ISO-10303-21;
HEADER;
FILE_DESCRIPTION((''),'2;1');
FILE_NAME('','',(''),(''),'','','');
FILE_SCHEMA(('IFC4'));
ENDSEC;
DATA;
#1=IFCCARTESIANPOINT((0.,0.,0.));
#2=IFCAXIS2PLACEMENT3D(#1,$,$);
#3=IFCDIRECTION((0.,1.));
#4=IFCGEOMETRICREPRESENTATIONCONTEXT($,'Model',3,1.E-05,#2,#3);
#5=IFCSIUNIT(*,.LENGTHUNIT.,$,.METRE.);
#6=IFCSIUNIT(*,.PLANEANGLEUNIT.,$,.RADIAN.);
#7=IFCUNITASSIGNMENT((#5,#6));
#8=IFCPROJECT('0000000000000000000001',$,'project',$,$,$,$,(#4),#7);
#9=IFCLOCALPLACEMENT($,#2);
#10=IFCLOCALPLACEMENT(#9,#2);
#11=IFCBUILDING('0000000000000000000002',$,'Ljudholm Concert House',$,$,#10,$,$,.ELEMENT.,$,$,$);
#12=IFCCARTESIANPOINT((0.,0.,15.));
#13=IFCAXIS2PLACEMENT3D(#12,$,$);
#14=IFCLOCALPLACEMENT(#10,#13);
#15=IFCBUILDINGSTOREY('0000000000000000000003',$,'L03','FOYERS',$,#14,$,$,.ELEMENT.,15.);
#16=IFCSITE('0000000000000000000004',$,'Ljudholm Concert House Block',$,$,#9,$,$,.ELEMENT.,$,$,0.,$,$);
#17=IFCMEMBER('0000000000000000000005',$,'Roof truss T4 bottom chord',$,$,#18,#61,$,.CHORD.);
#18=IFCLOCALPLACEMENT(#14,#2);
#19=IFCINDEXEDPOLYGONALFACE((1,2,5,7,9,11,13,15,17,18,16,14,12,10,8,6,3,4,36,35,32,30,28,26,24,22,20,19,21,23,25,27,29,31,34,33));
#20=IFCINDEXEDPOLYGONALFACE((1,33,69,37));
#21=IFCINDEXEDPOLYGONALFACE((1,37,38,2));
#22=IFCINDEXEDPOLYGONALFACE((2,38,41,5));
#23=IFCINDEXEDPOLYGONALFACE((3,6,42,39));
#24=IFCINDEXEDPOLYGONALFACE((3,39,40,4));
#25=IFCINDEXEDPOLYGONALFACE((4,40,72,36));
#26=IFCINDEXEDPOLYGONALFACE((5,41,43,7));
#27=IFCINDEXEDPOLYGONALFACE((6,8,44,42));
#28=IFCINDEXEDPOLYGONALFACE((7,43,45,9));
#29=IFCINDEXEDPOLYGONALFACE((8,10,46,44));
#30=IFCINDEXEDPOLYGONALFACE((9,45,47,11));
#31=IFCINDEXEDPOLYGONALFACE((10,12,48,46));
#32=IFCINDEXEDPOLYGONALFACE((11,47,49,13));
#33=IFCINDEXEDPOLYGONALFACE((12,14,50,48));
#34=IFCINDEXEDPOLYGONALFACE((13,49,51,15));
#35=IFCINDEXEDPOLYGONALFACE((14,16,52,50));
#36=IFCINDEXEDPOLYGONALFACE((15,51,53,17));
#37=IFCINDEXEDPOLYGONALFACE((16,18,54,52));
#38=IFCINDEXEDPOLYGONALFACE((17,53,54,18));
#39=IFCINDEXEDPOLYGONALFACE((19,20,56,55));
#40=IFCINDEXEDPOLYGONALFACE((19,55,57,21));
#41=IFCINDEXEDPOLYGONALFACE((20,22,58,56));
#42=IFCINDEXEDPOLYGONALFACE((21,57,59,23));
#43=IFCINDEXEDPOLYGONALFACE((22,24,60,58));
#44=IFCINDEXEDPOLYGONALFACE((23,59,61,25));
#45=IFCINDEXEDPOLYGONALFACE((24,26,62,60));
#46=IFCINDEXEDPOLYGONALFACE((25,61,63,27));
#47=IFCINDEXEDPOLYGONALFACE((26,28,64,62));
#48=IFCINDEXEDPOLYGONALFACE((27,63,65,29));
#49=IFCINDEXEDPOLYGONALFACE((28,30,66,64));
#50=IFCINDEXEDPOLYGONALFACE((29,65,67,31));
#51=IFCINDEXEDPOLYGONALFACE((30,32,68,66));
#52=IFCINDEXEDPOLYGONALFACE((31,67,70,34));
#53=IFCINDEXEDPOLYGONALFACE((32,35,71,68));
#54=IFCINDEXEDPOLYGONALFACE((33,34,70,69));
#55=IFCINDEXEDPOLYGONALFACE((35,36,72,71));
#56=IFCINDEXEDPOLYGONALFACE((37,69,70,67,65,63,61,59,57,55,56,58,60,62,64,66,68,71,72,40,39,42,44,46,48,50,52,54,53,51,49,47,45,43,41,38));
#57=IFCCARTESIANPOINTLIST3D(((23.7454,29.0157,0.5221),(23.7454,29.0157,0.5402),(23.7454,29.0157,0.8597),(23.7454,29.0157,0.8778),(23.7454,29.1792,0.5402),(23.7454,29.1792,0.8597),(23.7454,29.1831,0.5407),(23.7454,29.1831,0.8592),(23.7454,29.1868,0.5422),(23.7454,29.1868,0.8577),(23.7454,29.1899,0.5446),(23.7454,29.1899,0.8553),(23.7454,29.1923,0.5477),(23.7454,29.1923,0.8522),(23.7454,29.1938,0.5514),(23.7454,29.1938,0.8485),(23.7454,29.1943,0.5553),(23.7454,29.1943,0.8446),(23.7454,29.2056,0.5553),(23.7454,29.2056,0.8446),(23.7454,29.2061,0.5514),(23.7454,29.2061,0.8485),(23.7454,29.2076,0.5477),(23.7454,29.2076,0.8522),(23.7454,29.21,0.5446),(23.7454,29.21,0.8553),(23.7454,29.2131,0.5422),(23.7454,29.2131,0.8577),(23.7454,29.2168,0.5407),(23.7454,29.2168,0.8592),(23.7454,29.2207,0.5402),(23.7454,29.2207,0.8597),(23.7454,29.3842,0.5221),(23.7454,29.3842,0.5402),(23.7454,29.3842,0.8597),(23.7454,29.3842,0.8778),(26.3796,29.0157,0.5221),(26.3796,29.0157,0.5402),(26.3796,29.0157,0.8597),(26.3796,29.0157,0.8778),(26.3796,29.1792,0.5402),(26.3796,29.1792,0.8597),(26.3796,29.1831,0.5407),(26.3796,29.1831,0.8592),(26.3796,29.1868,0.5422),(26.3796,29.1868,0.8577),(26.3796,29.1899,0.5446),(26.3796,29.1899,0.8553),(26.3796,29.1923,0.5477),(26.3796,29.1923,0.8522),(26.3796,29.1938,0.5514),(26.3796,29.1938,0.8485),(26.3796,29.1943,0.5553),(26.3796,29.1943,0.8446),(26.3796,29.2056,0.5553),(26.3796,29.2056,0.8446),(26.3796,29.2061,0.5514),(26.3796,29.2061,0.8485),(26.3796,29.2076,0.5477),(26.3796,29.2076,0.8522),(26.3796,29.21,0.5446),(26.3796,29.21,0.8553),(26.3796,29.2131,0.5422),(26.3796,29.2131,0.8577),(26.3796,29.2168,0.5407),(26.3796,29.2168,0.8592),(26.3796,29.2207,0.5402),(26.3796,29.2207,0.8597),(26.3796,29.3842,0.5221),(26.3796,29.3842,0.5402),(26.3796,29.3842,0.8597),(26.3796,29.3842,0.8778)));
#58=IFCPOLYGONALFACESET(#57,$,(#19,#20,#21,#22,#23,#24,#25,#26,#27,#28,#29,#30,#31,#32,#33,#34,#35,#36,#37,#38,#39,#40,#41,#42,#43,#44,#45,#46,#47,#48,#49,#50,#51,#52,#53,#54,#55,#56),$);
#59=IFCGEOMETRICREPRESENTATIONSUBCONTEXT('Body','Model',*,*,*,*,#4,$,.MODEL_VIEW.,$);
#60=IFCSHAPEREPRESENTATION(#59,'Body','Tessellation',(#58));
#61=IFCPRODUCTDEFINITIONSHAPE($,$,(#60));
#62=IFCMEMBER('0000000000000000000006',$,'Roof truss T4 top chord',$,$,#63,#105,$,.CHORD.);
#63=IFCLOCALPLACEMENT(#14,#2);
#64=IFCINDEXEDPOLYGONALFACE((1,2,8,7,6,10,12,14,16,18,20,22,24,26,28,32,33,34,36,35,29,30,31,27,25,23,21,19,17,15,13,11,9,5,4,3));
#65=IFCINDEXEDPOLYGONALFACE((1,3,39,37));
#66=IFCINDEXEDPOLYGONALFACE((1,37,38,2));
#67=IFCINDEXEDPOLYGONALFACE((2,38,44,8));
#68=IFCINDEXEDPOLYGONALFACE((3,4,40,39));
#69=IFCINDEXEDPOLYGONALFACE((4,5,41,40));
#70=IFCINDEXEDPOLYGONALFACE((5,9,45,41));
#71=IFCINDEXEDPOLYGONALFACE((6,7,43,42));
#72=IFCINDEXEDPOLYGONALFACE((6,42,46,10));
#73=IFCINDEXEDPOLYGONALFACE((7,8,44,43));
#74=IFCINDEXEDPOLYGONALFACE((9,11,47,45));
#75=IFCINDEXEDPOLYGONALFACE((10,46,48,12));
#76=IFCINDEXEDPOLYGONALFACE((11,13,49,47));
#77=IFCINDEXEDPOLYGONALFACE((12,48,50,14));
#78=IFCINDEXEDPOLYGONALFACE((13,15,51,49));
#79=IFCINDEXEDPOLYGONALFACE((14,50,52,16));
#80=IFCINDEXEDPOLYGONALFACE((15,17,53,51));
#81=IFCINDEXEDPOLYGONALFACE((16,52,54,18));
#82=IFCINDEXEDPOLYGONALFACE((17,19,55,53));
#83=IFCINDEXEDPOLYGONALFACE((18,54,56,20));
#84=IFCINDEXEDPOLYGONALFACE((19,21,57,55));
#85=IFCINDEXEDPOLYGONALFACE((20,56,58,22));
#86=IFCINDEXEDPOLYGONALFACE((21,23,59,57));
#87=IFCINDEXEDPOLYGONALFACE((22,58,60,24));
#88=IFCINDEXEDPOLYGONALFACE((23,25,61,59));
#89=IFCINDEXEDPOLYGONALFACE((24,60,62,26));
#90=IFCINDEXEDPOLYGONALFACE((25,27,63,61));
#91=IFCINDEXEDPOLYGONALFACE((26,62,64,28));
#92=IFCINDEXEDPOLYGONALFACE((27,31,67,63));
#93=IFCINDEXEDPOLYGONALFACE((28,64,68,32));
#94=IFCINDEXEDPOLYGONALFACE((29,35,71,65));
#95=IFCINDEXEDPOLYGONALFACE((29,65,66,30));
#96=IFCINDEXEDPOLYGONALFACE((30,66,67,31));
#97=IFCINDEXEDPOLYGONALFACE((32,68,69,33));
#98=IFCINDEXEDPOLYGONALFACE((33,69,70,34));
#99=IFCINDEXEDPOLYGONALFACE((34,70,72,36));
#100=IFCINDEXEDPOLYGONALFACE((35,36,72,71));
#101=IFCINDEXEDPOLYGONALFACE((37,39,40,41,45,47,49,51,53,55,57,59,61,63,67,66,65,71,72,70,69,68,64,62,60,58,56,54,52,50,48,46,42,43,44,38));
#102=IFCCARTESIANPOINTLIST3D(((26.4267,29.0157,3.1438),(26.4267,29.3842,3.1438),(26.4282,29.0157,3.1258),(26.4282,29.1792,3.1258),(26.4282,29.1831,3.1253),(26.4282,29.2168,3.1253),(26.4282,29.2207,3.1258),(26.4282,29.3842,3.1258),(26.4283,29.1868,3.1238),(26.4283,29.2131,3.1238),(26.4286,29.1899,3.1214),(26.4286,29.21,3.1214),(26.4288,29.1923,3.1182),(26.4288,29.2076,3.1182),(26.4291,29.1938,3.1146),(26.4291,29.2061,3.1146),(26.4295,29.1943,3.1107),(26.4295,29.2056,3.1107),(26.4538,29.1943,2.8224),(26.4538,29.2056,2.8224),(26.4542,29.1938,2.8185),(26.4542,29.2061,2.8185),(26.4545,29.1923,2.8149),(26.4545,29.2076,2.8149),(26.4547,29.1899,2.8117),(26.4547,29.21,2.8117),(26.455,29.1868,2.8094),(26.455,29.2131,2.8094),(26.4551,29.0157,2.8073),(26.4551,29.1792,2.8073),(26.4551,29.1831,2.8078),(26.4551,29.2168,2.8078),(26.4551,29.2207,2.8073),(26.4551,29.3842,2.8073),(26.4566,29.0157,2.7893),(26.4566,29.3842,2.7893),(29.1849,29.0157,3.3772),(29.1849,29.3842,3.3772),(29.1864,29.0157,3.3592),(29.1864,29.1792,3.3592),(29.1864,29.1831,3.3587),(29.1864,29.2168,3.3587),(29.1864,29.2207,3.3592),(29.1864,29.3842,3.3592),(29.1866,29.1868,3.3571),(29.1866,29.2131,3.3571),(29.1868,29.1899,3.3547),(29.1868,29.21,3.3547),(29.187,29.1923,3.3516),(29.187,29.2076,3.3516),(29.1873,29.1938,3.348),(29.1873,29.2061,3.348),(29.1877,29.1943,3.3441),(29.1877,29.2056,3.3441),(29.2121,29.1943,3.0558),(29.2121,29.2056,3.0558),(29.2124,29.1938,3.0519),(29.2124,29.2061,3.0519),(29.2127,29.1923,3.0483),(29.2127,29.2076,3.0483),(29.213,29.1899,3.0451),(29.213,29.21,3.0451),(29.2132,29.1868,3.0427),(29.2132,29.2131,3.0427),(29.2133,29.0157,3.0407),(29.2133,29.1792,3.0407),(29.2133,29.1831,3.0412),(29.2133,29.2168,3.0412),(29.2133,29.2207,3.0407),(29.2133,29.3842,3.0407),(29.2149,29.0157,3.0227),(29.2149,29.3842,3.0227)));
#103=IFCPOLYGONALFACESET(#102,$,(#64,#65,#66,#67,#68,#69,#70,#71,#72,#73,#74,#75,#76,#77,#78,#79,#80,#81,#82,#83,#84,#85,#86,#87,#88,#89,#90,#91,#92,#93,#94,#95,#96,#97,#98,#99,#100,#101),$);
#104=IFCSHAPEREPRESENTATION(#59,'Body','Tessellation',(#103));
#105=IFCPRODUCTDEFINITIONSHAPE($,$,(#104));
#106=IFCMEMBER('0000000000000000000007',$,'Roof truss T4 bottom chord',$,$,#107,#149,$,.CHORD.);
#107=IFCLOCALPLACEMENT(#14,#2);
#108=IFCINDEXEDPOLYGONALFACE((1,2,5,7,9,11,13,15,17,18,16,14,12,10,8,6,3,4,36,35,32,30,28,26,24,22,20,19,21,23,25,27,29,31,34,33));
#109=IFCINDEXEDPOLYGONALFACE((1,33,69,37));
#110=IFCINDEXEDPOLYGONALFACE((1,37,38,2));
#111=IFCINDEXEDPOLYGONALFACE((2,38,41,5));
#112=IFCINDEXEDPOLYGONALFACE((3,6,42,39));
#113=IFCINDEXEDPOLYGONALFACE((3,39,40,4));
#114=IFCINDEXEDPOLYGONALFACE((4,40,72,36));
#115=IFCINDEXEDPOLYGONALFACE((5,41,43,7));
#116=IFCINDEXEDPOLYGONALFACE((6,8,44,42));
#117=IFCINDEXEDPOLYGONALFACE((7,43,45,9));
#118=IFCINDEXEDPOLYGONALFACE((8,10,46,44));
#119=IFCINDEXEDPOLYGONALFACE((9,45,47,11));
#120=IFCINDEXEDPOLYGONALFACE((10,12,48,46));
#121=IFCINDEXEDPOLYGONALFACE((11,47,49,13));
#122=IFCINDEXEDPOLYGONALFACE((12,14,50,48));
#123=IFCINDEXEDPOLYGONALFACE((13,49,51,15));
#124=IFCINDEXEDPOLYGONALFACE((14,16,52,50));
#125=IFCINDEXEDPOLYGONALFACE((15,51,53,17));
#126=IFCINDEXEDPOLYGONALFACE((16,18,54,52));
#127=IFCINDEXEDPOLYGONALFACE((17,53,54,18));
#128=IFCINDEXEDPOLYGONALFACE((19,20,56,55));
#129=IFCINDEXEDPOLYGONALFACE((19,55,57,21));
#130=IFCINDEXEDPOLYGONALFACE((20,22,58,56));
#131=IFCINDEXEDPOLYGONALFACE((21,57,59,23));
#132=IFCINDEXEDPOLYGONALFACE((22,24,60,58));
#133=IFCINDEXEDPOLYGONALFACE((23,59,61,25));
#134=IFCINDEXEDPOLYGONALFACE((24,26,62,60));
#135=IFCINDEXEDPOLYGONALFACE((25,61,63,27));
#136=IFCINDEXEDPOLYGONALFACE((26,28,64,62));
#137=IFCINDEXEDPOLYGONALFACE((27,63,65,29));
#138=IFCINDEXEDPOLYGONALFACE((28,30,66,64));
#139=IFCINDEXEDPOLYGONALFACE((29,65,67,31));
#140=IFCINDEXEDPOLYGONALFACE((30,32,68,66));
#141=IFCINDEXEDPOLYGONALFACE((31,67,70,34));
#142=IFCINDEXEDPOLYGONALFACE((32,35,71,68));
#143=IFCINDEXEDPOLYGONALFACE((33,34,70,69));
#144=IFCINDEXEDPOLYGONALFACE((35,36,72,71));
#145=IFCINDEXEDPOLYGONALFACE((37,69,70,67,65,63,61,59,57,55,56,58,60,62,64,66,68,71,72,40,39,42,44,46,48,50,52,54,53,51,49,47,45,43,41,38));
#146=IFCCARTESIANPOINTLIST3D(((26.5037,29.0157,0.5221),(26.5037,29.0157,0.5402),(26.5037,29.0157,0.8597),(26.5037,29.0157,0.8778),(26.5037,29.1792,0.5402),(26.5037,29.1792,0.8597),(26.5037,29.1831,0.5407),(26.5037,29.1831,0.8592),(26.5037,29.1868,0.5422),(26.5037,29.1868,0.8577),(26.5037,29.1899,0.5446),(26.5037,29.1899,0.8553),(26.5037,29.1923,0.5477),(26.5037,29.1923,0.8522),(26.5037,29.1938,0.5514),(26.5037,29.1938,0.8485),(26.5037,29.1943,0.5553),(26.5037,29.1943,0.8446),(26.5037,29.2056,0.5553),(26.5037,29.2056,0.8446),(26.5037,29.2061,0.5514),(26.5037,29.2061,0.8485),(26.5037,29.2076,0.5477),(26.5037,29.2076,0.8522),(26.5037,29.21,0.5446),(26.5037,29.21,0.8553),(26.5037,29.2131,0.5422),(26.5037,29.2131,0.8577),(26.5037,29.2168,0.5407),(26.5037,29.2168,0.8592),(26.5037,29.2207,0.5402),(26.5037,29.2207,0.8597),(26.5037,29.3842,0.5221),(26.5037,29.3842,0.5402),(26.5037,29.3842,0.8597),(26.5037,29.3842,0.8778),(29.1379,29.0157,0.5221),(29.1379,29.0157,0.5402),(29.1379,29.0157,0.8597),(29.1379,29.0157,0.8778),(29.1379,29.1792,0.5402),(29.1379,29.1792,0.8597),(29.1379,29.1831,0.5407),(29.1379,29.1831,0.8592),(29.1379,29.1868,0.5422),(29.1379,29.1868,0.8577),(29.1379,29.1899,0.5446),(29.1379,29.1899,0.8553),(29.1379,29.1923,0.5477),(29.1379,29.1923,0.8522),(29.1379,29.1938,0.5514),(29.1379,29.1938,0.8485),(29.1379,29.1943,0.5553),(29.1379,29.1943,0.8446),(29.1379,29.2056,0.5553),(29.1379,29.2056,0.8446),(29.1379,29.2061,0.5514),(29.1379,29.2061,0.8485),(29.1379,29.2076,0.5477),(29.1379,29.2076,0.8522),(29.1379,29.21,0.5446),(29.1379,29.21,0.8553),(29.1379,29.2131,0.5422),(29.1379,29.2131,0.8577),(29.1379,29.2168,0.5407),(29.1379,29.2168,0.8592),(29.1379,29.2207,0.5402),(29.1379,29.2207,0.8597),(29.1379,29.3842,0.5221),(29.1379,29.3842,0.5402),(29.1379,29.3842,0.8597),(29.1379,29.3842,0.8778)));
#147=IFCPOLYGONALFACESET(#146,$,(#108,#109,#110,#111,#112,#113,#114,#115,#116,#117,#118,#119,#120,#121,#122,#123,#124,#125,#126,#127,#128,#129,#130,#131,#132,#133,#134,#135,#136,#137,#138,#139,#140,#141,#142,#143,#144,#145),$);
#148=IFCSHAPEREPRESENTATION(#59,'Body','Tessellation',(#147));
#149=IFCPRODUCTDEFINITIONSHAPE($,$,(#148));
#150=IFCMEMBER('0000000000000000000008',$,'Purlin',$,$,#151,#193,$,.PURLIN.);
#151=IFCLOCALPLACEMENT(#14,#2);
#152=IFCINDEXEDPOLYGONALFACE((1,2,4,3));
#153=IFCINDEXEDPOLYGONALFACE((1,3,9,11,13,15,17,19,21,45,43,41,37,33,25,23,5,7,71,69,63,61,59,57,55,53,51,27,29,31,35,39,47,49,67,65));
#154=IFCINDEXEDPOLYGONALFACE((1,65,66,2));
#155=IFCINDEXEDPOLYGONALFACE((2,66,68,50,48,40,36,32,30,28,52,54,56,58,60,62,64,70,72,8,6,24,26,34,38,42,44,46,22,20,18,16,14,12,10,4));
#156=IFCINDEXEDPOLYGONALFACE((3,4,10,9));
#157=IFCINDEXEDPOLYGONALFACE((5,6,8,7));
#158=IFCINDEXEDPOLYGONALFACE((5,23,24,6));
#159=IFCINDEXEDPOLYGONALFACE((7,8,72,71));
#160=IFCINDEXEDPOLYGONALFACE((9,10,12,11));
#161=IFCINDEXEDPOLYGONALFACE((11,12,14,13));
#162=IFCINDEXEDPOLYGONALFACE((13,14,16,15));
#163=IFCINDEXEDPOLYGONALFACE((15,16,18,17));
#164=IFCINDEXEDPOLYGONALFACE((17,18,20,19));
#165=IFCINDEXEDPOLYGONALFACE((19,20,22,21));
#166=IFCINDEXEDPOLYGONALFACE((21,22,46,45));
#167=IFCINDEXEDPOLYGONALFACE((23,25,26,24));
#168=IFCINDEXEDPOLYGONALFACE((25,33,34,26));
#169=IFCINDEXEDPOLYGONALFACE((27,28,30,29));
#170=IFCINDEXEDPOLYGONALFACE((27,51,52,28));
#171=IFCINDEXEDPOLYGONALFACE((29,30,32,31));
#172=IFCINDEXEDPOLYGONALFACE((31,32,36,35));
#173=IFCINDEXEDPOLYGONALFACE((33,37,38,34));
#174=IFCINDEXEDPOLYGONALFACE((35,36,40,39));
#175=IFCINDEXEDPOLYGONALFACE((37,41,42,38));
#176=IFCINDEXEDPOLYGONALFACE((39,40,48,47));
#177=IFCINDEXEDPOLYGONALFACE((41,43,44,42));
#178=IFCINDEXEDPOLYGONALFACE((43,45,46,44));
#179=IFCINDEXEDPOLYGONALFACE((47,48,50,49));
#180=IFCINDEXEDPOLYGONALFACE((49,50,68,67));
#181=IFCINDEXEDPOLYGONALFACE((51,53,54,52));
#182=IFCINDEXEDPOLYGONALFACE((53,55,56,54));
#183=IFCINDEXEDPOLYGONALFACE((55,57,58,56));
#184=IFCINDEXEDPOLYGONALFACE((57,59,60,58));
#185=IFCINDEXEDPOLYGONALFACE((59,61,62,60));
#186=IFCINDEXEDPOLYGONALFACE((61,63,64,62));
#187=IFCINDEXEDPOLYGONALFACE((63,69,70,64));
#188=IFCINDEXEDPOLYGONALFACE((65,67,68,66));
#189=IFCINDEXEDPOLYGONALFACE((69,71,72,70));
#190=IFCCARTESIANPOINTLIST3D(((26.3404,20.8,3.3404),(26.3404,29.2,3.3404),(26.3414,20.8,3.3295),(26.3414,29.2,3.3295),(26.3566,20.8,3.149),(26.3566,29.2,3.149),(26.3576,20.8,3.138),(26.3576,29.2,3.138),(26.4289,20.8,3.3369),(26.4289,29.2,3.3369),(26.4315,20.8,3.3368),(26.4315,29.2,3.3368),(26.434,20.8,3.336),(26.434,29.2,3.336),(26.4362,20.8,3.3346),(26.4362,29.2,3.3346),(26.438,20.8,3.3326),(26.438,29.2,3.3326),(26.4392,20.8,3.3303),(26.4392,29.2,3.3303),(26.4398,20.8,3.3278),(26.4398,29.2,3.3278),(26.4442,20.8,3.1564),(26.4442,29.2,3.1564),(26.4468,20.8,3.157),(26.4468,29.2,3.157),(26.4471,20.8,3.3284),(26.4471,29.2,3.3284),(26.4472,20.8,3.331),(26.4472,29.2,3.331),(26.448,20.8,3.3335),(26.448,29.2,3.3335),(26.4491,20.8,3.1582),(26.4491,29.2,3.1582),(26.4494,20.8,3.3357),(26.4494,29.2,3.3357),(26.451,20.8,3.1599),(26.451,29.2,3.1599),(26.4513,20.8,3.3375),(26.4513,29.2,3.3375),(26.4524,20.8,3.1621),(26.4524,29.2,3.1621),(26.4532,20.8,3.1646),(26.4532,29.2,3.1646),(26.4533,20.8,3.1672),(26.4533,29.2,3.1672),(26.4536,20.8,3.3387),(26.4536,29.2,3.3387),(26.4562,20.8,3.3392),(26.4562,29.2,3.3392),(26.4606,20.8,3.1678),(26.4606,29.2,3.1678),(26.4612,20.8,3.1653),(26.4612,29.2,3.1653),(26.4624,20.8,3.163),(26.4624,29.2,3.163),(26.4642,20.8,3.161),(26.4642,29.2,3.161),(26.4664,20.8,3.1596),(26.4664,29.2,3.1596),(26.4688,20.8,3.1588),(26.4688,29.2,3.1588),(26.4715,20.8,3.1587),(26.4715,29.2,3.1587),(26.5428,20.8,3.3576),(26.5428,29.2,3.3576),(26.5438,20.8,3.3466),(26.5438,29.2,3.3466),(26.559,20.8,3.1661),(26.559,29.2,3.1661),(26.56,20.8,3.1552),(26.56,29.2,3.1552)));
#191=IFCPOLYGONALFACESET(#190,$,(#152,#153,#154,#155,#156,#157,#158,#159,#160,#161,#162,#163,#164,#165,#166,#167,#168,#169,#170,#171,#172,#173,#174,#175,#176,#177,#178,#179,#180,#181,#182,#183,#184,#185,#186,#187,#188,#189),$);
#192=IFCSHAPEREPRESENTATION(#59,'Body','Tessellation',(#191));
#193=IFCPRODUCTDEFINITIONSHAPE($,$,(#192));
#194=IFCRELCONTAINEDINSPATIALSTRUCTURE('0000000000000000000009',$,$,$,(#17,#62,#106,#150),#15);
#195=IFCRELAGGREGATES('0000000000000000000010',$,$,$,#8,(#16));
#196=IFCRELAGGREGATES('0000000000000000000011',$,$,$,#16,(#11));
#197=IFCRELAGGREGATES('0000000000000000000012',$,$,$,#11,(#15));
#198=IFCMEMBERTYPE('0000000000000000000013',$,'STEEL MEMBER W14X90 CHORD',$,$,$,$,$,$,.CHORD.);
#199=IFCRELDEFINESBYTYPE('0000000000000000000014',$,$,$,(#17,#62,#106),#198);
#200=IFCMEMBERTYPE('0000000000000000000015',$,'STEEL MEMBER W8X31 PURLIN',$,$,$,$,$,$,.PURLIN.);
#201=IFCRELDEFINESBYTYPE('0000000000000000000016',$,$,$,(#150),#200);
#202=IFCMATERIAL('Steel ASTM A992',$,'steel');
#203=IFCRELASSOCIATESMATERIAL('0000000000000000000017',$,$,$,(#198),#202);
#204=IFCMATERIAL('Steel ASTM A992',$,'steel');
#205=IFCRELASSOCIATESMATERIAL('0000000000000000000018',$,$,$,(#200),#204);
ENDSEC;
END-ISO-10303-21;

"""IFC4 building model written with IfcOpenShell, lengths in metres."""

from ifc_helpers import new_model, si_unit, direction, frame, origin, origin_2d, place, context, subcontext, project, spatial, i_section, extrude, material, material_profile, profile_set, type_object, element, save


model = new_model("IFC4")

# Units and contexts
model_context = context("Model", 3, precision=1e-05, world=origin(), true_north=direction((0.0, 1.0)))
body_context = subcontext(model_context, "Body", "Model", "MODEL_VIEW")
ifc_project = project(units=[si_unit("LENGTHUNIT", "METRE"), si_unit("PLANEANGLEUNIT", "RADIAN")], contexts=[model_context])

# Site, building, storey
site_placement = place(None, origin())
site = spatial("IfcSite", under=ifc_project, at=site_placement, Name="Ljudholm Concert House Block", CompositionType="ELEMENT", RefElevation=0.0)
building_placement = place(site_placement, origin())
building = spatial("IfcBuilding", under=site, at=building_placement, Name="Ljudholm Concert House", CompositionType="ELEMENT")
storey_placement = place(building_placement, frame((0.0, 0.0, 15.0)))
storey = spatial("IfcBuildingStorey", under=building, at=storey_placement, Name="L03", Description="FOYERS", CompositionType="ELEMENT", Elevation=15.0)

# Members
ifc_material_1 = material(Name="Steel ASTM A992", Category="steel")
ifc_material_profile_1 = material_profile(ifc_material_1, i_section(OverallWidth=0.3684, OverallDepth=0.3557, WebThickness=0.0112, FlangeThickness=0.0181, FilletRadius=0.0151, at=origin_2d()), Name="W14X90")
ifc_profile_set_1 = profile_set([ifc_material_profile_1], Name="Steel ASTM A992")
member_type_1 = type_object("IfcMemberType", Name="STEEL MEMBER W14X90 CHORD", PredefinedType="CHORD", material=ifc_profile_set_1)
member_1_placement = place(storey_placement, frame((23.7454, 29.2, 0.7), z_axis=(1.0, 0.0, 0.0), x_axis=(0.0, 1.0, 0.0)))
element("IfcMember", 1, at=member_1_placement, inside=storey, type_object=member_type_1, Name="Roof truss T4 bottom chord", PredefinedType="CHORD", context=body_context, shape_type="SweptSolid", body=[
    extrude(i_section(OverallWidth=0.3684, OverallDepth=0.3557, WebThickness=0.0112, FlangeThickness=0.0181, FilletRadius=0.0151, at=origin_2d()), origin(), (0.0, 0.0, 1.0), 2.6343),
])
member_2_placement = place(storey_placement, frame((26.4417, 29.2, 2.9666), z_axis=(0.996439, 0.0, 0.084315), x_axis=(0.0, 1.0, 0.0)))
element("IfcMember", 2, at=member_2_placement, inside=storey, type_object=member_type_1, Name="Roof truss T4 top chord", PredefinedType="CHORD", context=body_context, shape_type="SweptSolid", body=[
    extrude(i_section(OverallWidth=0.3684, OverallDepth=0.3557, WebThickness=0.0112, FlangeThickness=0.0181, FilletRadius=0.0151, at=origin_2d()), origin(), (0.0, 0.0, 1.0), 2.7681),
])
member_3_placement = place(storey_placement, frame((26.5037, 29.2, 0.7), z_axis=(1.0, 0.0, 0.0), x_axis=(0.0, 1.0, 0.0)))
element("IfcMember", 3, at=member_3_placement, inside=storey, type_object=member_type_1, Name="Roof truss T4 bottom chord", PredefinedType="CHORD", context=body_context, shape_type="SweptSolid", body=[
    extrude(i_section(OverallWidth=0.3684, OverallDepth=0.3557, WebThickness=0.0112, FlangeThickness=0.0181, FilletRadius=0.0151, at=origin_2d()), origin(), (0.0, 0.0, 1.0), 2.6343),
])
ifc_material_2 = material(Name="Steel ASTM A992", Category="steel")
ifc_material_profile_2 = material_profile(ifc_material_2, i_section(OverallWidth=0.2031, OverallDepth=0.2031, WebThickness=0.0073, FlangeThickness=0.011, FilletRadius=0.01, at=origin_2d()), Name="W8X31")
ifc_profile_set_2 = profile_set([ifc_material_profile_2], Name="Steel ASTM A992")
member_type_2 = type_object("IfcMemberType", Name="STEEL MEMBER W8X31 PURLIN", PredefinedType="PURLIN", material=ifc_profile_set_2)
member_4_placement = place(storey_placement, frame((26.4502, 20.8, 3.2478), z_axis=(0.0, 1.0, 0.0), x_axis=(-0.996441, 0.0, -0.084291)))
element("IfcMember", 4, at=member_4_placement, inside=storey, type_object=member_type_2, Name="Purlin", PredefinedType="PURLIN", context=body_context, shape_type="SweptSolid", body=[
    extrude(i_section(OverallWidth=0.2031, OverallDepth=0.2031, WebThickness=0.0073, FlangeThickness=0.011, FilletRadius=0.01, at=origin_2d()), origin(), (0.0, 0.0, 1.0), 8.3999),
])

save(model, "model.ifc")
